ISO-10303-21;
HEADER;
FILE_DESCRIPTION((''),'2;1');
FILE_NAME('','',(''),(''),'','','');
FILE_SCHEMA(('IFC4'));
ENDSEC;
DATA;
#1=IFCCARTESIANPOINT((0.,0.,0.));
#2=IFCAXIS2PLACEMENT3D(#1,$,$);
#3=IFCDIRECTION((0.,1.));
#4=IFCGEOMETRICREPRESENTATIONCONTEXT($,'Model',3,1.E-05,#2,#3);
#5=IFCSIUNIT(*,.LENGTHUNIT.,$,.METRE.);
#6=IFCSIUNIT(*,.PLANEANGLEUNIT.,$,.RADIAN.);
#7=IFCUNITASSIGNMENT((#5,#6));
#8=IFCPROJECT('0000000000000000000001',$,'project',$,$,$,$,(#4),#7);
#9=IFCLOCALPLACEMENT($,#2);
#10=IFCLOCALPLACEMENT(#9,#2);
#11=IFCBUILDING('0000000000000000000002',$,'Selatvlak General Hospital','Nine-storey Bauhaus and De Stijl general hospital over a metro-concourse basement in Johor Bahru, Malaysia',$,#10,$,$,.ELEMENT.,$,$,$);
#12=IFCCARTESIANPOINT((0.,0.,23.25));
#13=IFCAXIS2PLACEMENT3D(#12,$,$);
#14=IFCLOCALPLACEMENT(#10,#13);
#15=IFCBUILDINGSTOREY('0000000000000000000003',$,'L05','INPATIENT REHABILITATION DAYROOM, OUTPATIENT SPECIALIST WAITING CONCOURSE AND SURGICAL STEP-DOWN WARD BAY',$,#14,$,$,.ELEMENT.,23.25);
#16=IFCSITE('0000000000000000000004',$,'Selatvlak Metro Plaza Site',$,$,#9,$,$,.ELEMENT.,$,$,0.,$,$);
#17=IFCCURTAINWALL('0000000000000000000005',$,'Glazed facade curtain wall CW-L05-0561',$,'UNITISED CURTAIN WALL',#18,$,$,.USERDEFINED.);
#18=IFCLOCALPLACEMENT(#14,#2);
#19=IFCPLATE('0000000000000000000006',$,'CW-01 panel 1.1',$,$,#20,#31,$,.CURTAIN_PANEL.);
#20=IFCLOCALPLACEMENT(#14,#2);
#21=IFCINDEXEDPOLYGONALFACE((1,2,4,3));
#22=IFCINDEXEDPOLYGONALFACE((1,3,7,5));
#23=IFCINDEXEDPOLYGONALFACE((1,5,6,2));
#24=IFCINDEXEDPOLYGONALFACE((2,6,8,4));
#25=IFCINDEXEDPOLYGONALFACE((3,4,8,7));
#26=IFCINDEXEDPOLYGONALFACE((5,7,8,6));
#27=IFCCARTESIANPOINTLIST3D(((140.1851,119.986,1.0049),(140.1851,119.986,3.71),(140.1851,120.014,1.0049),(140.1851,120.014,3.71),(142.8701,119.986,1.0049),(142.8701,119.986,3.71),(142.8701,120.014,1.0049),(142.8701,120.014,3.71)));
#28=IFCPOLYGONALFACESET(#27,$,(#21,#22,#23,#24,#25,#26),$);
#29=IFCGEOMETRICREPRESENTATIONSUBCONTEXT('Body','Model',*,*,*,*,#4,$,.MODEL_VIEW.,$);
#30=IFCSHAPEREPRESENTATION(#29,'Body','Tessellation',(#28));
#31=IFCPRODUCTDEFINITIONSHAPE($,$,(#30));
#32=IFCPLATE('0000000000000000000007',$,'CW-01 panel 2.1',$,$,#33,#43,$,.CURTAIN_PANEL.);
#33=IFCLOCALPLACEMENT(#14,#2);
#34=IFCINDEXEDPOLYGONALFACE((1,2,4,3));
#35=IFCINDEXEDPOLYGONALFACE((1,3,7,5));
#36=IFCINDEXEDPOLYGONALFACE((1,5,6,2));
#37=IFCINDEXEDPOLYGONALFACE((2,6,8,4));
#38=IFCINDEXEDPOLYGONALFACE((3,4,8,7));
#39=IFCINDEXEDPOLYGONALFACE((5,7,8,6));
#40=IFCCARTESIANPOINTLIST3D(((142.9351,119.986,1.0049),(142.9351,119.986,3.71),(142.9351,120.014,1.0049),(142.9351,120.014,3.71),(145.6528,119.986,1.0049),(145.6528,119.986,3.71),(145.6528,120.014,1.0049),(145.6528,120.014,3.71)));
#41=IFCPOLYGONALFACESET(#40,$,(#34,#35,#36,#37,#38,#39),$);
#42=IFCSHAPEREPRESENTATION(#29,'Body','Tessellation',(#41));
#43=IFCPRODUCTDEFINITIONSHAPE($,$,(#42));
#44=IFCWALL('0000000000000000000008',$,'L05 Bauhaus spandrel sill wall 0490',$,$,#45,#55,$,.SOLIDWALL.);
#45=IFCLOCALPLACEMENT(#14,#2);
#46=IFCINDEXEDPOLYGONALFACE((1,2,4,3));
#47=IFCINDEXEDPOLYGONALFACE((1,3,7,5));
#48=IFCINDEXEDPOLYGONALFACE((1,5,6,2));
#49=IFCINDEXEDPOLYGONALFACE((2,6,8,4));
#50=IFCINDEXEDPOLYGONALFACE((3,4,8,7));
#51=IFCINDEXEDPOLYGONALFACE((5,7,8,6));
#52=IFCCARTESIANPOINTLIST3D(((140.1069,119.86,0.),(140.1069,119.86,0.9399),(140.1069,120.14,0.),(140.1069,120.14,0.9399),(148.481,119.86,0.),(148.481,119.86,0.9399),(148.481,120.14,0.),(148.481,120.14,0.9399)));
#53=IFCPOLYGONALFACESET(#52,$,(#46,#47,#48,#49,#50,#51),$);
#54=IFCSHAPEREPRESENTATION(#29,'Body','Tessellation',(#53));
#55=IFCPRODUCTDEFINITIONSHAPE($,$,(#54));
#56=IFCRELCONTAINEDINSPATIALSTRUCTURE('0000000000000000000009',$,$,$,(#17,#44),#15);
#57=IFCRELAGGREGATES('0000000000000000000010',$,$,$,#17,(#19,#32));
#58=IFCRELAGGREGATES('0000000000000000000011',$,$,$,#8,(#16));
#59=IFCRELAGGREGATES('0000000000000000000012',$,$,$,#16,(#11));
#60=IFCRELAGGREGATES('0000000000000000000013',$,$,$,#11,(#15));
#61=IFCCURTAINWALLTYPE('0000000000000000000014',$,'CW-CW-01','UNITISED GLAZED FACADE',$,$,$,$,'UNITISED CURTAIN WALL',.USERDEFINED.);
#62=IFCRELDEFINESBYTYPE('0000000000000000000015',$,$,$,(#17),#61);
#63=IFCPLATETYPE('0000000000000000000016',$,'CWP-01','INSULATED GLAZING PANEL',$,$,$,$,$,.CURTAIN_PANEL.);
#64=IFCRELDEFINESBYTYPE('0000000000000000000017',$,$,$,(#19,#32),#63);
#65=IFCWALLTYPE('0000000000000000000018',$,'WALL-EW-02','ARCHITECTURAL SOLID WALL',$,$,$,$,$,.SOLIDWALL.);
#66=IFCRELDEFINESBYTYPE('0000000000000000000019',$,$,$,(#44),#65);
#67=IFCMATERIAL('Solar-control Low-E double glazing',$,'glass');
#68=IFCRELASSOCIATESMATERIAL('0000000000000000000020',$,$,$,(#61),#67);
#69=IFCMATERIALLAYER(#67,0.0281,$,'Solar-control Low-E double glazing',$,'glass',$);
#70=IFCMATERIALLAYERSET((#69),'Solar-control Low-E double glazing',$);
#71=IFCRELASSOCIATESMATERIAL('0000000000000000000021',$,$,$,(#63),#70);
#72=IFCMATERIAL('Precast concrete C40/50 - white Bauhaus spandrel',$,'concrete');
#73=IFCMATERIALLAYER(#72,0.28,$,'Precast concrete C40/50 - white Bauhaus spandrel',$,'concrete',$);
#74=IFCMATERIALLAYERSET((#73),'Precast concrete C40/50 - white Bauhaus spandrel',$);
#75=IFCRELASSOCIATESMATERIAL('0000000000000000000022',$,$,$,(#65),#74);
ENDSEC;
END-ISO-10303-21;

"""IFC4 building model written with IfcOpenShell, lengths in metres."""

from ifc_helpers import new_model, si_unit, direction, frame, frame_2d, origin, origin_2d, place, context, subcontext, project, spatial, rectangle, extrude, material, layer, layer_set, type_object, element, aggregate, save


model = new_model("IFC4")

# Units and contexts
model_context = context("Model", 3, precision=1e-05, world=origin(), true_north=direction((0.0, 1.0)))
body_context = subcontext(model_context, "Body", "Model", "MODEL_VIEW")
ifc_project = project(units=[si_unit("LENGTHUNIT", "METRE"), si_unit("PLANEANGLEUNIT", "RADIAN")], contexts=[model_context])

# Site, building, storey
site_placement = place(None, origin())
site = spatial("IfcSite", under=ifc_project, at=site_placement, Name="Selatvlak Metro Plaza Site", CompositionType="ELEMENT", RefElevation=0.0)
building_placement = place(site_placement, origin())
building = spatial("IfcBuilding", under=site, at=building_placement, Name="Selatvlak General Hospital", Description="Nine-storey Bauhaus and De Stijl general hospital over a metro-concourse basement in Johor Bahru, Malaysia", CompositionType="ELEMENT")
storey_placement = place(building_placement, frame((0.0, 0.0, 23.25)))
storey = spatial("IfcBuildingStorey", under=building, at=storey_placement, Name="L05", Description="INPATIENT REHABILITATION DAYROOM, OUTPATIENT SPECIALIST WAITING CONCOURSE AND SURGICAL STEP-DOWN WARD BAY", CompositionType="ELEMENT", Elevation=23.25)

# Curtain wall
ifc_material_1 = material(Name="Solar-control Low-E double glazing", Category="glass")
curtain_wall_type_1 = type_object("IfcCurtainWallType", Name="CW-CW-01", Description="UNITISED GLAZED FACADE", ElementType="UNITISED CURTAIN WALL", PredefinedType="USERDEFINED", material=ifc_material_1)
curtain_wall_1_placement = place(storey_placement, origin())
curtain_wall_1 = element("IfcCurtainWall", 1, at=curtain_wall_1_placement, inside=storey, type_object=curtain_wall_type_1, Name="Glazed facade curtain wall CW-L05-0561", ObjectType="UNITISED CURTAIN WALL", PredefinedType="USERDEFINED")

# Plates
ifc_layer_1 = layer(ifc_material_1, 0.0281, Name="Solar-control Low-E double glazing", Category="glass")
ifc_layer_set_1 = layer_set([ifc_layer_1], Name="Solar-control Low-E double glazing")
plate_type = type_object("IfcPlateType", Name="CWP-01", Description="INSULATED GLAZING PANEL", PredefinedType="CURTAIN_PANEL", material=ifc_layer_set_1)
plate_1_placement = place(storey_placement, frame((141.5276, 120.0, 1.0049), z_axis=(0.0, 0.0, 1.0), x_axis=(1.0, 0.0, 0.0)))
plate_1 = element("IfcPlate", 2, at=plate_1_placement, type_object=plate_type, Name="CW-01 panel 1.1", PredefinedType="CURTAIN_PANEL", context=body_context, shape_type="SweptSolid", body=[
    extrude(rectangle(XDim=2.6851, YDim=0.0281, at=origin_2d()), origin(), (0.0, 0.0, 1.0), 2.7051),
])
plate_2_placement = place(storey_placement, frame((144.2939, 120.0, 1.0049), z_axis=(0.0, 0.0, 1.0), x_axis=(1.0, 0.0, 0.0)))
plate_2 = element("IfcPlate", 3, at=plate_2_placement, type_object=plate_type, Name="CW-01 panel 2.1", PredefinedType="CURTAIN_PANEL", context=body_context, shape_type="SweptSolid", body=[
    extrude(rectangle(XDim=2.7178, YDim=0.0281, at=origin_2d()), origin(), (0.0, 0.0, 1.0), 2.7051),
])
aggregate(curtain_wall_1, [plate_1, plate_2])

# Wall
ifc_material_2 = material(Name="Precast concrete C40/50 - white Bauhaus spandrel", Category="concrete")
ifc_layer_2 = layer(ifc_material_2, 0.28, Name="Precast concrete C40/50 - white Bauhaus spandrel", Category="concrete")
ifc_layer_set_2 = layer_set([ifc_layer_2], Name="Precast concrete C40/50 - white Bauhaus spandrel")
wall_type = type_object("IfcWallType", Name="WALL-EW-02", Description="ARCHITECTURAL SOLID WALL", PredefinedType="SOLIDWALL", material=ifc_layer_set_2)
wall_placement = place(storey_placement, frame((140.1069, 120.0, 0.0), z_axis=(0.0, 0.0, 1.0), x_axis=(1.0, 0.0, 0.0)))
element("IfcWall", 4, at=wall_placement, inside=storey, type_object=wall_type, Name="L05 Bauhaus spandrel sill wall 0490", PredefinedType="SOLIDWALL", context=body_context, shape_type="SweptSolid", body=[
    extrude(rectangle(XDim=8.374, YDim=0.28, at=frame_2d((4.187, 0.0))), origin(), (0.0, 0.0, 1.0), 0.9399),
])

save(model, "model.ifc")
